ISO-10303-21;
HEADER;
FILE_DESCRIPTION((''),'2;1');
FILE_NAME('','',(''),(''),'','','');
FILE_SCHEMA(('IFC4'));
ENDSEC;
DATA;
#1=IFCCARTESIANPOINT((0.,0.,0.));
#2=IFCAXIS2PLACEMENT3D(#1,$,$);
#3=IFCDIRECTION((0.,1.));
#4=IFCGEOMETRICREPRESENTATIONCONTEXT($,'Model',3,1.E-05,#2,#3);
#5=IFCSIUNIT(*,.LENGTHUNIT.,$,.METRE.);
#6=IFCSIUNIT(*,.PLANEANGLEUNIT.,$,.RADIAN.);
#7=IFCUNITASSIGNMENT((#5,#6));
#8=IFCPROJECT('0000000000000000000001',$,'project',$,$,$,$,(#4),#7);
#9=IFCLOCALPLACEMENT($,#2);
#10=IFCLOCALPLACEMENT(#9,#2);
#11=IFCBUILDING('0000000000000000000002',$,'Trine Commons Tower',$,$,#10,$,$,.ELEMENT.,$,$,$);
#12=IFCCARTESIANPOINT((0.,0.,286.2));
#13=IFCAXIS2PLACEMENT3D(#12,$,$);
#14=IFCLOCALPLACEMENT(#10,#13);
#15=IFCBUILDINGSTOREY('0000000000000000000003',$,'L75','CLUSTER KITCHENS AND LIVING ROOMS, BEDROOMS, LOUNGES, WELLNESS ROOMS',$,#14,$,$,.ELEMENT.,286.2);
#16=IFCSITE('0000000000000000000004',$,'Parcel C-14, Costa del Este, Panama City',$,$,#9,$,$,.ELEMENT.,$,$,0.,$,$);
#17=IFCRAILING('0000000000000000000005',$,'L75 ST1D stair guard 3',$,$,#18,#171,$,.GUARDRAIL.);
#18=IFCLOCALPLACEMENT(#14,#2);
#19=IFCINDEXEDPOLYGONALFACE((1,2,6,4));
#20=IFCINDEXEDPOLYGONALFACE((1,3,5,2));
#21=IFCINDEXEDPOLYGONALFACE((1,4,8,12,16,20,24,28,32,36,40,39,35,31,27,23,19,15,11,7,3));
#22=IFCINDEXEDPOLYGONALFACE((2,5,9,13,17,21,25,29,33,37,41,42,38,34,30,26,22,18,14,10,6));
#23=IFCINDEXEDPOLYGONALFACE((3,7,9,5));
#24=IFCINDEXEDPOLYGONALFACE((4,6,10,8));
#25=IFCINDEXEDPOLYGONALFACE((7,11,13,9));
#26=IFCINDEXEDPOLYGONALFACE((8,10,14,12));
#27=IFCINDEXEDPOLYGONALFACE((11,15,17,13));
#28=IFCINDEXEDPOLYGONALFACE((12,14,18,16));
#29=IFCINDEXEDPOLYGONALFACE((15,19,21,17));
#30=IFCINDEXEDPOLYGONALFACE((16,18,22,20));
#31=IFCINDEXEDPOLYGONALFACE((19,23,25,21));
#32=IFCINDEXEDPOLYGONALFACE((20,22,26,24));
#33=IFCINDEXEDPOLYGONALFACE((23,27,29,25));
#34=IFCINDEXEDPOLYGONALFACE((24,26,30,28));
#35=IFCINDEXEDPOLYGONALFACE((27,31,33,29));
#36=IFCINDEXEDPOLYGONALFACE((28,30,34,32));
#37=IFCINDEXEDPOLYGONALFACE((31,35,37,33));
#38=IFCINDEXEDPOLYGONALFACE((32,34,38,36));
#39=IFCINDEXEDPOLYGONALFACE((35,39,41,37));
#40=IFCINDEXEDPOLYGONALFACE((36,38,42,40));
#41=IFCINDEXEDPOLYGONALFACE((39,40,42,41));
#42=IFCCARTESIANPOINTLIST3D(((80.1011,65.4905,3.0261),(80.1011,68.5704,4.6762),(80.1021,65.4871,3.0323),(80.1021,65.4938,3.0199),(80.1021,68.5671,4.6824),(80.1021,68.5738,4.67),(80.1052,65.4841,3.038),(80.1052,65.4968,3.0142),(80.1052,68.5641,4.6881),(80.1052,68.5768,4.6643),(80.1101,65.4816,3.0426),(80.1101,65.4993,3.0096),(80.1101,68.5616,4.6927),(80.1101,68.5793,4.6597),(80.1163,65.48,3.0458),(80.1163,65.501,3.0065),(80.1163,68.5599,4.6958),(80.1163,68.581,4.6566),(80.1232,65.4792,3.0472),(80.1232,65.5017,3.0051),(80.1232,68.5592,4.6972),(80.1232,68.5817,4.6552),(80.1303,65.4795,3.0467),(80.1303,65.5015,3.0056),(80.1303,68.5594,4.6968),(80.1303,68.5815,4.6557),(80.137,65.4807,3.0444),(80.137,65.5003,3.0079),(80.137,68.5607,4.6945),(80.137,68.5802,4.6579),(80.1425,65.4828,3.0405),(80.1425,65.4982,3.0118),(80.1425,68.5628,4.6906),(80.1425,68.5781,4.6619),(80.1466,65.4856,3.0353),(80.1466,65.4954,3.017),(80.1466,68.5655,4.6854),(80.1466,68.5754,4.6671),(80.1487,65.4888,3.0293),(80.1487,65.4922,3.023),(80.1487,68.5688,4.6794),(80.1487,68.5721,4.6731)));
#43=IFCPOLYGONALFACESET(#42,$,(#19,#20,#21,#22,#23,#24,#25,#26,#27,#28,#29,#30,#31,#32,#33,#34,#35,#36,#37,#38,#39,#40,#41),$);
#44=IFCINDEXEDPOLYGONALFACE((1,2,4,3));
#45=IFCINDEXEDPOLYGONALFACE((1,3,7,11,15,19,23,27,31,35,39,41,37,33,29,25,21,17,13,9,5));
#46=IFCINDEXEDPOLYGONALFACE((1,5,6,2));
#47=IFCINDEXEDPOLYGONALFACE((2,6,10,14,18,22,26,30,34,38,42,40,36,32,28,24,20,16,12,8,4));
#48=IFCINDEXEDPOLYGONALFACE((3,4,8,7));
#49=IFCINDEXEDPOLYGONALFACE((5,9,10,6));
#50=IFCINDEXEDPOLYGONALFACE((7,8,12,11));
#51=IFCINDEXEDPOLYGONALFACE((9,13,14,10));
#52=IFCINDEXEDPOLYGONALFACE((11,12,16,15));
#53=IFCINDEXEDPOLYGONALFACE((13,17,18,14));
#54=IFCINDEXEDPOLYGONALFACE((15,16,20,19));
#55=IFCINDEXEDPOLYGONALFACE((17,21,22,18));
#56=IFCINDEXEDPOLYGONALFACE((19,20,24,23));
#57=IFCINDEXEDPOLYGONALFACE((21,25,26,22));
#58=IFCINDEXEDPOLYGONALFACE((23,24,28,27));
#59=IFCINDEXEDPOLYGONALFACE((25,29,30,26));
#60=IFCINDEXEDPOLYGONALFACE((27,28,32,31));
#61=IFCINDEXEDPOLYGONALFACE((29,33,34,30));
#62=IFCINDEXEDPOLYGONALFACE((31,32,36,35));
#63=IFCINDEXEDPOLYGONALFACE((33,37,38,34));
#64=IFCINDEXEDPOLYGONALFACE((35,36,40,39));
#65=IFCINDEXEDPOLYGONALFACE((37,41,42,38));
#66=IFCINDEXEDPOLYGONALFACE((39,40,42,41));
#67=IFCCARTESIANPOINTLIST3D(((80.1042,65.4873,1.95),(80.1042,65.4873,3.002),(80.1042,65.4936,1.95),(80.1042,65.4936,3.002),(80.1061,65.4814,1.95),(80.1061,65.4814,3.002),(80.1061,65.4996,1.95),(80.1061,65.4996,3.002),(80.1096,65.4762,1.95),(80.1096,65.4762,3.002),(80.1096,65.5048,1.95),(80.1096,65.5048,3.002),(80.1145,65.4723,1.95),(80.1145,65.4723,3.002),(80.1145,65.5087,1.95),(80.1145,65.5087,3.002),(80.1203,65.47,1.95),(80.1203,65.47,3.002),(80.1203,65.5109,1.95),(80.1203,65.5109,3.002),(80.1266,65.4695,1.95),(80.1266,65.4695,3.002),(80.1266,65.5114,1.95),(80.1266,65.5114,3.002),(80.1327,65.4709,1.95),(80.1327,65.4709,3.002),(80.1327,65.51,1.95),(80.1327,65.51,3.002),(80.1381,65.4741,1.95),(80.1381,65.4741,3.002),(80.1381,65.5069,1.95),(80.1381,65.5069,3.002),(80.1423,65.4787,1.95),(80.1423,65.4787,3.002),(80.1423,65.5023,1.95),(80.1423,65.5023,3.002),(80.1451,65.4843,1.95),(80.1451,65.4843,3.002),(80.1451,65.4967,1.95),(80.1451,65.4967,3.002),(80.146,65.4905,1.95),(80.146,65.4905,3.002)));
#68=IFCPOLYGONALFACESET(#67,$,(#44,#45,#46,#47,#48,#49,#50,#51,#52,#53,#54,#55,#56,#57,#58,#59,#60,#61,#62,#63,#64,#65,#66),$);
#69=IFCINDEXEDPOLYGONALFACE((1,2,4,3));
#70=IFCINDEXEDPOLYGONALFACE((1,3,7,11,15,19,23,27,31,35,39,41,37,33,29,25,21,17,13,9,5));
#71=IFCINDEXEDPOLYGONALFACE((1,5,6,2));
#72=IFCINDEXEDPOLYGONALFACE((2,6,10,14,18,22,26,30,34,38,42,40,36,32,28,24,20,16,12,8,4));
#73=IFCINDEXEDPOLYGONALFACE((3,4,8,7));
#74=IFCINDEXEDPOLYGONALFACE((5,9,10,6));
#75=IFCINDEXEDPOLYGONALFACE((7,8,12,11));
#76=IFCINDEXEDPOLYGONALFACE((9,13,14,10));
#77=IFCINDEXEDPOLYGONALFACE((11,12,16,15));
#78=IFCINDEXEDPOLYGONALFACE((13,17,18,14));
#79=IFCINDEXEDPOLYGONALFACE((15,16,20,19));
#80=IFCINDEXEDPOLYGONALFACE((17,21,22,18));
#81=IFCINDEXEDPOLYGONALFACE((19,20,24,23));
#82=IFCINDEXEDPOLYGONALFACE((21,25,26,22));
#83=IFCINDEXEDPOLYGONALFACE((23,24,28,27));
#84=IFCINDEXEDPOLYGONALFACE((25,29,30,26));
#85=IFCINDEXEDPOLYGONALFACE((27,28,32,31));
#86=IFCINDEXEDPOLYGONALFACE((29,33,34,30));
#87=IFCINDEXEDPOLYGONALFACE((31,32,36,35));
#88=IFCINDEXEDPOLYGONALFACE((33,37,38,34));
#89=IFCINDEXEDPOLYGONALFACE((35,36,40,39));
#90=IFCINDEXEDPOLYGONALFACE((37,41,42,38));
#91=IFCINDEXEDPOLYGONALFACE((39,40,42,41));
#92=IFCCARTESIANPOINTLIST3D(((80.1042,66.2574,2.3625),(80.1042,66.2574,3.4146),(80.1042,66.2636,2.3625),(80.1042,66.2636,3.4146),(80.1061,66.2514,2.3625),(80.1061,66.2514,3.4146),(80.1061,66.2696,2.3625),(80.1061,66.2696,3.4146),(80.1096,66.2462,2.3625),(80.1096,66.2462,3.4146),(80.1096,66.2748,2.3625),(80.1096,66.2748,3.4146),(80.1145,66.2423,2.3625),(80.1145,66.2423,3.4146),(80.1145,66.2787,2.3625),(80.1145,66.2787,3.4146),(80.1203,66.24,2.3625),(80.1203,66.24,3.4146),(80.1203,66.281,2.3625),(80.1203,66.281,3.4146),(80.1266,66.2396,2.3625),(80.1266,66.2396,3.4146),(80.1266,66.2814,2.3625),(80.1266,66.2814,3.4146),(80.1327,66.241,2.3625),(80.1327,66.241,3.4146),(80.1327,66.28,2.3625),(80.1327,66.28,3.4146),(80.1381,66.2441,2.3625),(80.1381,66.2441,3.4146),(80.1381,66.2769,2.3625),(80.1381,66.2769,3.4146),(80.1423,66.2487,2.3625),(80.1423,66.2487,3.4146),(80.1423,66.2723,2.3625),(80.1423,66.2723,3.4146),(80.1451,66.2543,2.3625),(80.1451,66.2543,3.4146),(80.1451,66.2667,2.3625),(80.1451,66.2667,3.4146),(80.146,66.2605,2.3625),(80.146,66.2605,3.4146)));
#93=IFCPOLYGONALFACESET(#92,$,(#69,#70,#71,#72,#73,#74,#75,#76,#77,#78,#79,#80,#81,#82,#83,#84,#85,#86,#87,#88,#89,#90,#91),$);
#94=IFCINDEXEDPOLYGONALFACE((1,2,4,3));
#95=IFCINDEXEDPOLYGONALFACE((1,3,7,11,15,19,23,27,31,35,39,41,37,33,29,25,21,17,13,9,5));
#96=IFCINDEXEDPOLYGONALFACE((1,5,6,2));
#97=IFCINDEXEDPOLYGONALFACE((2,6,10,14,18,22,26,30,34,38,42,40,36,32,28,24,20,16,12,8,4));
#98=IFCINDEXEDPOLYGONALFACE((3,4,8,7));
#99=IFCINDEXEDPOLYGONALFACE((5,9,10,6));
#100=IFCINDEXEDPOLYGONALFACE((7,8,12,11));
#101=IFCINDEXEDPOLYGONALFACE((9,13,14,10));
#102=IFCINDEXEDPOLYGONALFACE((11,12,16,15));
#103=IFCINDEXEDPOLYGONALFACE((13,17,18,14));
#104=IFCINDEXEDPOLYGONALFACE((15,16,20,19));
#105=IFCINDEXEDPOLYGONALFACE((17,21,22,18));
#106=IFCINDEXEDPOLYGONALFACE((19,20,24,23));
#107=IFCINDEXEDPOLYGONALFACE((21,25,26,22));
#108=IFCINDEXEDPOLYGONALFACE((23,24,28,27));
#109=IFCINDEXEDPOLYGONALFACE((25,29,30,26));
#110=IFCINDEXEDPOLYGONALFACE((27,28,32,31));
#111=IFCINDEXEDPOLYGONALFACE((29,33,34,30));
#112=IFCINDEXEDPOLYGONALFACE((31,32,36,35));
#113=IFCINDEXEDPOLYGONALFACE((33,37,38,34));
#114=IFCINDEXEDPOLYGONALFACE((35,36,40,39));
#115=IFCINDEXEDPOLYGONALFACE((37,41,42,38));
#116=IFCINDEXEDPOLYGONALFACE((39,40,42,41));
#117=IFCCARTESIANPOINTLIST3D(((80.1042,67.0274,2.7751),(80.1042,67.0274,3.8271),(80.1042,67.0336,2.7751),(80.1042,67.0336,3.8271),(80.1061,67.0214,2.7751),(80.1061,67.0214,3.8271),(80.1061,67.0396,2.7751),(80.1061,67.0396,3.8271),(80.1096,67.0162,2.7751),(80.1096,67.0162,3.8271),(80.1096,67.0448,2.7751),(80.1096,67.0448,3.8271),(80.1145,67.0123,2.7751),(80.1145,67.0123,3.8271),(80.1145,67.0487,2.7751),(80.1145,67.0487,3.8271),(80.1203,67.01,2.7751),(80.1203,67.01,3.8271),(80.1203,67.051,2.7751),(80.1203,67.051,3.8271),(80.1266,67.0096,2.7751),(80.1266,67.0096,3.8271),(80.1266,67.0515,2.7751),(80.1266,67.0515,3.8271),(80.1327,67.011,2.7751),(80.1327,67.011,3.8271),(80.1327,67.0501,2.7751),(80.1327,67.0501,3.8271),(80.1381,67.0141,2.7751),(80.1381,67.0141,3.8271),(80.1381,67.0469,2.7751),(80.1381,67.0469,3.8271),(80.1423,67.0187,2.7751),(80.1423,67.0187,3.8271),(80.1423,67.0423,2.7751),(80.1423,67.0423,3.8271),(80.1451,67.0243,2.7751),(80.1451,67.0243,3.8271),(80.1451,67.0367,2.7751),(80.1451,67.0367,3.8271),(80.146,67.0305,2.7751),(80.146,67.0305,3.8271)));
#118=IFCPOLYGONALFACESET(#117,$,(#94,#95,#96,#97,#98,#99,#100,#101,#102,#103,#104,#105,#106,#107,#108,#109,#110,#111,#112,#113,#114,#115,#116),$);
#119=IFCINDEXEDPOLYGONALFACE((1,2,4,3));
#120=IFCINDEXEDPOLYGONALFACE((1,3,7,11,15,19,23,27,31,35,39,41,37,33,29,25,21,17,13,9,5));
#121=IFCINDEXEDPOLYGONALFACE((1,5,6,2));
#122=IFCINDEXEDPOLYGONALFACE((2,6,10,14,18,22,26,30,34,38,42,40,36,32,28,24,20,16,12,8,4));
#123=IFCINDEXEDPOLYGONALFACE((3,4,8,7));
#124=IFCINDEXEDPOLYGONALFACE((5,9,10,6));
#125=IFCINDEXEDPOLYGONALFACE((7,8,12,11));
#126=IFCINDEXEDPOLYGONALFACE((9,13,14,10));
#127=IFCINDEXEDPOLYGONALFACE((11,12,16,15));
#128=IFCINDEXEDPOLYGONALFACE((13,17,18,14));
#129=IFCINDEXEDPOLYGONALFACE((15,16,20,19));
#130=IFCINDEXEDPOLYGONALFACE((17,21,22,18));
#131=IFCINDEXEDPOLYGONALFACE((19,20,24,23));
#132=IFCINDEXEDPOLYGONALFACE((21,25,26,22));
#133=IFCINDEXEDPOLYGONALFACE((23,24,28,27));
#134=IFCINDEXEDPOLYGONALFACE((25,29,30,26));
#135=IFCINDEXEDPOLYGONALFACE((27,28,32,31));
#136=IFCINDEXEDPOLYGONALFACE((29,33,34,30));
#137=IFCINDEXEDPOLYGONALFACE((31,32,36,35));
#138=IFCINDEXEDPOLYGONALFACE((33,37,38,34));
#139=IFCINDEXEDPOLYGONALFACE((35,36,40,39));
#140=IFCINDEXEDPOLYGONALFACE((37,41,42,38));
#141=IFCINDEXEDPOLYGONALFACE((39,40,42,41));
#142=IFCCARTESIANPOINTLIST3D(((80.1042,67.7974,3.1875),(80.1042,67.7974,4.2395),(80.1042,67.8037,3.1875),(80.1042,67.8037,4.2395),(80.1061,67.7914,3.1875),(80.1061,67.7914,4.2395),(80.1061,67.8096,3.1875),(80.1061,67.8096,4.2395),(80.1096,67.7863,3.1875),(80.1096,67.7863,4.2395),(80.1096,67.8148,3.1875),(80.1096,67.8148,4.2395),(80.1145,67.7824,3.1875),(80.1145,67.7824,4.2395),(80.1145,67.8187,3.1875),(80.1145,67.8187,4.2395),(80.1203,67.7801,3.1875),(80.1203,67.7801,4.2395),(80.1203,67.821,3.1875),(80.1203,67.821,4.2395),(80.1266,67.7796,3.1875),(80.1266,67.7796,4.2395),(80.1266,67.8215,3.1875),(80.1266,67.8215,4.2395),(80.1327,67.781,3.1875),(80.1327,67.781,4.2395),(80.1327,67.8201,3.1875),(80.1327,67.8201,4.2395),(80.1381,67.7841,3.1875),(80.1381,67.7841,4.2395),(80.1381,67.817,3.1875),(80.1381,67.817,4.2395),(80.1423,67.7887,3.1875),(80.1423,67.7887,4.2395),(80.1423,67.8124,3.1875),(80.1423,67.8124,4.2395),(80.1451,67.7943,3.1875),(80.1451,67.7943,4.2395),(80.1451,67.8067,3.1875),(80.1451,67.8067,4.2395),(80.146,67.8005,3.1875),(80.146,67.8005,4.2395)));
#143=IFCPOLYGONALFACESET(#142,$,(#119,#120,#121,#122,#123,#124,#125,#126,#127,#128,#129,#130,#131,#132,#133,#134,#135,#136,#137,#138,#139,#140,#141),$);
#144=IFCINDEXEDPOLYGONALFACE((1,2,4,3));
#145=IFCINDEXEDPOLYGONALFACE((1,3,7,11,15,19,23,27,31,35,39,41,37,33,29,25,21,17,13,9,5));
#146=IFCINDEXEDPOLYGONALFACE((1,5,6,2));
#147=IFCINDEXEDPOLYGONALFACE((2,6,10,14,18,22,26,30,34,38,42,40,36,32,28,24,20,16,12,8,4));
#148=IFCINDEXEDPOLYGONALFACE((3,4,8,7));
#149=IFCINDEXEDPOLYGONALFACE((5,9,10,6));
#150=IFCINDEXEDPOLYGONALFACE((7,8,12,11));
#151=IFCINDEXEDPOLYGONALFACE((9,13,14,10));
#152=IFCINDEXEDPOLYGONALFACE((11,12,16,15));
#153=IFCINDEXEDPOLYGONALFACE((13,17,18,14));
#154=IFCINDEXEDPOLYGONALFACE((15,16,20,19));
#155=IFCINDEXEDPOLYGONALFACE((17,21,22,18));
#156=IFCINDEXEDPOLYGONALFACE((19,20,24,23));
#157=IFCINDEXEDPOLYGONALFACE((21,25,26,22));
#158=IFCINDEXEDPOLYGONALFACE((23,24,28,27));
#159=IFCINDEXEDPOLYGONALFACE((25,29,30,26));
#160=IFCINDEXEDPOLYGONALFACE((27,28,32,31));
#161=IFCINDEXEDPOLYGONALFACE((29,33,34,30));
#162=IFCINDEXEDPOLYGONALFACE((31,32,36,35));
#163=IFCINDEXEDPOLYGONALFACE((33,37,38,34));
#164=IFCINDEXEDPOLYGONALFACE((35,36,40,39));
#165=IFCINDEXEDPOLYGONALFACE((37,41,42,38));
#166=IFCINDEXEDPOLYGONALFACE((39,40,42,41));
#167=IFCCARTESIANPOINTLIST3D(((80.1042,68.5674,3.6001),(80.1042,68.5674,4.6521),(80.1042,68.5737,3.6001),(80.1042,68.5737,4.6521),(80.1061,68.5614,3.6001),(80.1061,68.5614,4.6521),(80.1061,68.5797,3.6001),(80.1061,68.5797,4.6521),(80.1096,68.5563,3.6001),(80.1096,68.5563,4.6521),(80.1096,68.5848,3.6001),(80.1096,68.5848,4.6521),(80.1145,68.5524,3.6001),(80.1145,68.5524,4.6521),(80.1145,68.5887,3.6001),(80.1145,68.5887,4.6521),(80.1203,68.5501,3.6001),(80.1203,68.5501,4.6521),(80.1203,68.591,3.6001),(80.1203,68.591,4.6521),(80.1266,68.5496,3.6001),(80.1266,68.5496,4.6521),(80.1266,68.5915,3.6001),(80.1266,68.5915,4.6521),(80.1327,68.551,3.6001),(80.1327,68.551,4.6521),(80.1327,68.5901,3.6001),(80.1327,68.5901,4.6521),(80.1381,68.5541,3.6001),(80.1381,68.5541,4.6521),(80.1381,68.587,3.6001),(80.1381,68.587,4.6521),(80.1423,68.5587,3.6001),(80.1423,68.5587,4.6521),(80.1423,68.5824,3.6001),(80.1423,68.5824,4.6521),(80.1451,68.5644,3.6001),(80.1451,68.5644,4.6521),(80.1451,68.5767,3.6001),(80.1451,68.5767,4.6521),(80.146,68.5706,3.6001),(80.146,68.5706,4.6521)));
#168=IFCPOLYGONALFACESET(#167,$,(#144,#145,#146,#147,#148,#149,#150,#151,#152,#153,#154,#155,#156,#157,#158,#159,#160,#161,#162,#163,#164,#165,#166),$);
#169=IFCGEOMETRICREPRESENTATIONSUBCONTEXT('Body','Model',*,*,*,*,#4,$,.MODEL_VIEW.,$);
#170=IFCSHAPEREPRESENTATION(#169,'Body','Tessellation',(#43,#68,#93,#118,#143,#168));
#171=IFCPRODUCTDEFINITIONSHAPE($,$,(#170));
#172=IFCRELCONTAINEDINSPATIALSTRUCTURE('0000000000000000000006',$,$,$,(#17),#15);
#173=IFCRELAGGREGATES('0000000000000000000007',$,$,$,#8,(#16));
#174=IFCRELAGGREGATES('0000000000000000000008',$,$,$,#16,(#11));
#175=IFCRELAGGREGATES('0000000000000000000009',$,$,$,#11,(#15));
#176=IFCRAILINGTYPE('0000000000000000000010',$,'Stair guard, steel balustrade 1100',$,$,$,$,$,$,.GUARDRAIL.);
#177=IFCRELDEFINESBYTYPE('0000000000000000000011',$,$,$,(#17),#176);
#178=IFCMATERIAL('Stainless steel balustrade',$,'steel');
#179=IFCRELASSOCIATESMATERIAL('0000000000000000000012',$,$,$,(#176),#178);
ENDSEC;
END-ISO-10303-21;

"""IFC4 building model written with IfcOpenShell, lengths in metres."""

from ifc_helpers import new_model, si_unit, direction, frame, origin, origin_2d, place, context, subcontext, project, spatial, circle, extrude, material, type_object, element, save


model = new_model("IFC4")

# Units and contexts
model_context = context("Model", 3, precision=1e-05, world=origin(), true_north=direction((0.0, 1.0)))
body_context = subcontext(model_context, "Body", "Model", "MODEL_VIEW")
ifc_project = project(units=[si_unit("LENGTHUNIT", "METRE"), si_unit("PLANEANGLEUNIT", "RADIAN")], contexts=[model_context])

# Site, building, storey
site_placement = place(None, origin())
site = spatial("IfcSite", under=ifc_project, at=site_placement, Name="Parcel C-14, Costa del Este, Panama City", CompositionType="ELEMENT", RefElevation=0.0)
building_placement = place(site_placement, origin())
building = spatial("IfcBuilding", under=site, at=building_placement, Name="Trine Commons Tower", CompositionType="ELEMENT")
storey_placement = place(building_placement, frame((0.0, 0.0, 286.2)))
storey = spatial("IfcBuildingStorey", under=building, at=storey_placement, Name="L75", Description="CLUSTER KITCHENS AND LIVING ROOMS, BEDROOMS, LOUNGES, WELLNESS ROOMS", CompositionType="ELEMENT", Elevation=286.2)

# Railing
ifc_material_1 = material(Name="Stainless steel balustrade", Category="steel")
railing_type_1 = type_object("IfcRailingType", Name="Stair guard, steel balustrade 1100", PredefinedType="GUARDRAIL", material=ifc_material_1)
railing_1_placement = place(storey_placement, frame((80.125, 65.4905, 1.95)))
element("IfcRailing", 1, at=railing_1_placement, inside=storey, type_object=railing_type_1, Name="L75 ST1D stair guard 3", PredefinedType="GUARDRAIL", context=body_context, shape_type="SweptSolid", body=[
    extrude(circle(Radius=0.0239, at=origin_2d()), frame((0.0, 0.0, 1.0762), z_axis=(0.0, 0.881468, 0.472245), x_axis=(-1.0, 0.0, 0.0)), (0.0, 0.0, 1.0), 3.4941),
    extrude(circle(Radius=0.021, at=origin_2d()), origin(), (0.0, 0.0, 1.0), 1.052),
    extrude(circle(Radius=0.021, at=origin_2d()), frame((0.0, 0.77, 0.4126)), (0.0, 0.0, 1.0), 1.052),
    extrude(circle(Radius=0.021, at=origin_2d()), frame((0.0, 1.54, 0.8252)), (0.0, 0.0, 1.0), 1.052),
    extrude(circle(Radius=0.021, at=origin_2d()), frame((0.0, 2.3101, 1.2375)), (0.0, 0.0, 1.0), 1.052),
    extrude(circle(Radius=0.021, at=origin_2d()), frame((0.0, 3.0801, 1.6501)), (0.0, 0.0, 1.0), 1.052),
])

save(model, "model.ifc")
